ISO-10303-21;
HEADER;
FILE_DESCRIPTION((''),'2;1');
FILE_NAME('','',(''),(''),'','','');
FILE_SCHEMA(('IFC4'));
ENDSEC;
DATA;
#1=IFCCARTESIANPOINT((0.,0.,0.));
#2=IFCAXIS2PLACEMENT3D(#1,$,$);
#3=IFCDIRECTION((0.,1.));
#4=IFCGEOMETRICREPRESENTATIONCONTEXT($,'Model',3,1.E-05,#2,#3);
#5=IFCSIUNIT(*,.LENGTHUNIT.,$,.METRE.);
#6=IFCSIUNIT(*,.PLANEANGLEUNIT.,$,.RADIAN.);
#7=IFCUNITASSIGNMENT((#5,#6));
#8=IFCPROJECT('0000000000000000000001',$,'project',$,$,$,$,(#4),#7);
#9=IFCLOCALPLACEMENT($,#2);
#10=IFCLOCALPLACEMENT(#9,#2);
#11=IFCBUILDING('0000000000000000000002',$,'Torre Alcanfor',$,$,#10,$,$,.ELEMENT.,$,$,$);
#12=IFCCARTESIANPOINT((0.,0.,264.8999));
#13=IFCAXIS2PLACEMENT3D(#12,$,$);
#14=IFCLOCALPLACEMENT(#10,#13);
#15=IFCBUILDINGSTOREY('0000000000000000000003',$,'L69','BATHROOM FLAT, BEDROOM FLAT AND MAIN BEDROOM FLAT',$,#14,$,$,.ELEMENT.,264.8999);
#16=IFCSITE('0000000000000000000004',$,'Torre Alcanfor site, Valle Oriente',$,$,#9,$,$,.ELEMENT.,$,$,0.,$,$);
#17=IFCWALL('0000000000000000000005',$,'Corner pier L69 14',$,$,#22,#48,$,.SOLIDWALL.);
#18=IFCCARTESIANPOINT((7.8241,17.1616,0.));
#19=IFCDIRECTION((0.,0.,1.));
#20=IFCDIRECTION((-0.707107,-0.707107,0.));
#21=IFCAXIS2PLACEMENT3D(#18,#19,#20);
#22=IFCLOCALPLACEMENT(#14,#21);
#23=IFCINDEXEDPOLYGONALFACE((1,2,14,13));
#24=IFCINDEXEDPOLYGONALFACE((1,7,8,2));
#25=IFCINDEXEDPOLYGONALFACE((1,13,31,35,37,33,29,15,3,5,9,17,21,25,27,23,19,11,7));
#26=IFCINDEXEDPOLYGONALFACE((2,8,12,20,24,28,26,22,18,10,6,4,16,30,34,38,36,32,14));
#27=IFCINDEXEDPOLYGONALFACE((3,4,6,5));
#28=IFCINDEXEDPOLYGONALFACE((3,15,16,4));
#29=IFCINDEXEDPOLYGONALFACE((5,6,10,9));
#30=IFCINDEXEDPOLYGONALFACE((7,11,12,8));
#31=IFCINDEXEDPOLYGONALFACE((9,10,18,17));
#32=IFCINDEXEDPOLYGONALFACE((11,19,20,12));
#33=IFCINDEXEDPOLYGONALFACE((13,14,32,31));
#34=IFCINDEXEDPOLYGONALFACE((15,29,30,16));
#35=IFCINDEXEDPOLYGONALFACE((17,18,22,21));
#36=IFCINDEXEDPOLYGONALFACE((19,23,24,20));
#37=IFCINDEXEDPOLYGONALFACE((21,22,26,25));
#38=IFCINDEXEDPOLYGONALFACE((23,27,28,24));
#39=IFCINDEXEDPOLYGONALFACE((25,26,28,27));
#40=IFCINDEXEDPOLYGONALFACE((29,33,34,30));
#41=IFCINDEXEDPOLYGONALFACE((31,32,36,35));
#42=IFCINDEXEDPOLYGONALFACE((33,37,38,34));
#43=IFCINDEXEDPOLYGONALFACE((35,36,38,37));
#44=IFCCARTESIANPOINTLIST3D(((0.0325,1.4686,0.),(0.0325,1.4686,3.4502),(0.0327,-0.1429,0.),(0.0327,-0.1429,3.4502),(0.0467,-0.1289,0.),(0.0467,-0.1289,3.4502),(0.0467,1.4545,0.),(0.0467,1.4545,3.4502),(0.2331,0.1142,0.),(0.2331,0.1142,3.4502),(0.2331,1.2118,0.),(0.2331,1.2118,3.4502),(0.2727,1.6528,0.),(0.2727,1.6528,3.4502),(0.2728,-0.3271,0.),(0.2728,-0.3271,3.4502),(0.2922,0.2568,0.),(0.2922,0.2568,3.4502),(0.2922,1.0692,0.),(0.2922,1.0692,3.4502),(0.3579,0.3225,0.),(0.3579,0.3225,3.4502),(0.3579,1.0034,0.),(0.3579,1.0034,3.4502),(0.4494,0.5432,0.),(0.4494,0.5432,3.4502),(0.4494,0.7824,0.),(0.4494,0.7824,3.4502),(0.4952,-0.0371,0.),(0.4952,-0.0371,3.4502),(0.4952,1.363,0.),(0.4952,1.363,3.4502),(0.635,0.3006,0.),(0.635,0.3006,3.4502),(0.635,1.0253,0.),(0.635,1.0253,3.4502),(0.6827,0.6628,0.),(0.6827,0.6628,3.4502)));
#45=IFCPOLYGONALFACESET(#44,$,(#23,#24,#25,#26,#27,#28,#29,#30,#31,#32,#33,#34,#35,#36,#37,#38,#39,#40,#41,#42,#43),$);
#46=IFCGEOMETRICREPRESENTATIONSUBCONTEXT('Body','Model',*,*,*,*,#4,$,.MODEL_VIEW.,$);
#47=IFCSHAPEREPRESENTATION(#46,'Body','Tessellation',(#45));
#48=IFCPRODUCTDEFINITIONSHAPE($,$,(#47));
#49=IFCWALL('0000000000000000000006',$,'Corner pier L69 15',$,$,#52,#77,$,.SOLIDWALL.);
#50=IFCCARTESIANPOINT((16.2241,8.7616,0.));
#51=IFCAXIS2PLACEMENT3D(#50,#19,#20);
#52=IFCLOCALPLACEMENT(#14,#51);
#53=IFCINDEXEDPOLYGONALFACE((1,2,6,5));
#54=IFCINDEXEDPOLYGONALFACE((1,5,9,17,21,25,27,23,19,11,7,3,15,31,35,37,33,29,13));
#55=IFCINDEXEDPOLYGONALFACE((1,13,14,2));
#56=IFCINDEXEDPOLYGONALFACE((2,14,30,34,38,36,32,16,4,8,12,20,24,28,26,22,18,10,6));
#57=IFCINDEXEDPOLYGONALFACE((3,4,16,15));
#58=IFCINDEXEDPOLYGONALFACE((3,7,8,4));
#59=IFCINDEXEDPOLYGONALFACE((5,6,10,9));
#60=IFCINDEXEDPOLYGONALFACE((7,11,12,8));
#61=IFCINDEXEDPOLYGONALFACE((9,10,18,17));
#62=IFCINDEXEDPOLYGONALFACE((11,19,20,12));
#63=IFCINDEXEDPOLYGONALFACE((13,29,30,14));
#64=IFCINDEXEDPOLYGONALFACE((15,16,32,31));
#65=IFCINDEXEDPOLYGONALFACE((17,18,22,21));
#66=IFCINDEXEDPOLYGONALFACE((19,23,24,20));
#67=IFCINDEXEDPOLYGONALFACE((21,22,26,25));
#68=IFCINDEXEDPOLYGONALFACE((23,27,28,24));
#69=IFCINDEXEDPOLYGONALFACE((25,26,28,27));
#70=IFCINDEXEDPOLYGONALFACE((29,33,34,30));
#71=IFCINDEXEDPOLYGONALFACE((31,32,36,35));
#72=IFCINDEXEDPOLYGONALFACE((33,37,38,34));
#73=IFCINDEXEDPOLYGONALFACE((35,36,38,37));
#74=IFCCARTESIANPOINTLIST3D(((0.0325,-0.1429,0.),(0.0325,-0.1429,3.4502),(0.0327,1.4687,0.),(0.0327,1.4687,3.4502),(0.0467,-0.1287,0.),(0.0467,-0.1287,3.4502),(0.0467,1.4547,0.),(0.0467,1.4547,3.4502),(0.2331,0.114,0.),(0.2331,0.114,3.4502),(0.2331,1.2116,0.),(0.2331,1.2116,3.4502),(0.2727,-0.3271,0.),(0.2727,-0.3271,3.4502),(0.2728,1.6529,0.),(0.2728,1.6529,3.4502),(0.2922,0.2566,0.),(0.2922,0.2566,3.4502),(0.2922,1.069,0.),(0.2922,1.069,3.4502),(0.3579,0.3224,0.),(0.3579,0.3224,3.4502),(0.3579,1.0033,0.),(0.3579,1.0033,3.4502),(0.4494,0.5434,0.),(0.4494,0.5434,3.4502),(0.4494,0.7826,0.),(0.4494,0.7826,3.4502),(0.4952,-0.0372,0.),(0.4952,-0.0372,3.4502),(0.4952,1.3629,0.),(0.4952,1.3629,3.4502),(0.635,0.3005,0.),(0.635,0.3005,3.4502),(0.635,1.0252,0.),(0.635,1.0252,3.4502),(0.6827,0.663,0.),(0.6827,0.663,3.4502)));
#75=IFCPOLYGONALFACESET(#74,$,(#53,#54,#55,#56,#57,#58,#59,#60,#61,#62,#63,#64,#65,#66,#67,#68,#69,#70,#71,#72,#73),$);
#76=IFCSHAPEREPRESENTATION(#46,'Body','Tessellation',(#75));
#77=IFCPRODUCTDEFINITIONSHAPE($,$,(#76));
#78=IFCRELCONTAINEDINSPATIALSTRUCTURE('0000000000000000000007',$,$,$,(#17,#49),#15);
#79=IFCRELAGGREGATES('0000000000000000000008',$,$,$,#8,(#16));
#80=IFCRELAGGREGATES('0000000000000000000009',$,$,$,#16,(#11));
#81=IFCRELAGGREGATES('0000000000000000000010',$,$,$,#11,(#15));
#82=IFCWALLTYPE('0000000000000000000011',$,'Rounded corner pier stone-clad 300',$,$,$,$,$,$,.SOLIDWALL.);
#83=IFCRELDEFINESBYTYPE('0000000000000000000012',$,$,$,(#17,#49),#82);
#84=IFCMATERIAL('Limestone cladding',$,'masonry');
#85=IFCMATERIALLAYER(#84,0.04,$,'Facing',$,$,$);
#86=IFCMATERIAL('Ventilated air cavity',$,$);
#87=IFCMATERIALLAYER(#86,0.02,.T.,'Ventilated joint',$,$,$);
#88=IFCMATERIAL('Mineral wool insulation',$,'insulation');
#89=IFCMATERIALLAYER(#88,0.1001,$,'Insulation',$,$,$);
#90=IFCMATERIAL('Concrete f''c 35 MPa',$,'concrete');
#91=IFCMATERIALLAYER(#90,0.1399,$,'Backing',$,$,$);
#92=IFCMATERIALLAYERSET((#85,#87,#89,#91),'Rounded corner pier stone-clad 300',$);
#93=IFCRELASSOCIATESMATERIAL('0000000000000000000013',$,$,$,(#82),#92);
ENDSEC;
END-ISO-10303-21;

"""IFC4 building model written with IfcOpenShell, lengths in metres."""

from ifc_helpers import new_model, si_unit, direction, frame, origin, place, context, subcontext, project, spatial, polyline, outline, extrude, material, layer, layer_set, type_object, element, save


model = new_model("IFC4")

# Units and contexts
model_context = context("Model", 3, precision=1e-05, world=origin(), true_north=direction((0.0, 1.0)))
body_context = subcontext(model_context, "Body", "Model", "MODEL_VIEW")
ifc_project = project(units=[si_unit("LENGTHUNIT", "METRE"), si_unit("PLANEANGLEUNIT", "RADIAN")], contexts=[model_context])

# Site, building, storey
site_placement = place(None, origin())
site = spatial("IfcSite", under=ifc_project, at=site_placement, Name="Torre Alcanfor site, Valle Oriente", CompositionType="ELEMENT", RefElevation=0.0)
building_placement = place(site_placement, origin())
building = spatial("IfcBuilding", under=site, at=building_placement, Name="Torre Alcanfor", CompositionType="ELEMENT")
storey_placement = place(building_placement, frame((0.0, 0.0, 264.8999)))
storey = spatial("IfcBuildingStorey", under=building, at=storey_placement, Name="L69", Description="BATHROOM FLAT, BEDROOM FLAT AND MAIN BEDROOM FLAT", CompositionType="ELEMENT", Elevation=264.8999)

# Shared definitions
ifc_material_1 = material(Name="Limestone cladding", Category="masonry")
ifc_material_2 = material(Name="Ventilated air cavity")
ifc_material_3 = material(Name="Mineral wool insulation", Category="insulation")
ifc_material_4 = material(Name="Concrete f'c 35 MPa", Category="concrete")

# Walls
ifc_layer_1 = layer(ifc_material_1, 0.04, Name="Facing")
ifc_layer_2 = layer(ifc_material_2, 0.02, ventilated=True, Name="Ventilated joint")
ifc_layer_3 = layer(ifc_material_3, 0.1001, Name="Insulation")
ifc_layer_4 = layer(ifc_material_4, 0.1399, Name="Backing")
ifc_layer_set_1 = layer_set([ifc_layer_1, ifc_layer_2, ifc_layer_3, ifc_layer_4], Name="Rounded corner pier stone-clad 300")
wall_type_1 = type_object("IfcWallType", Name="Rounded corner pier stone-clad 300", PredefinedType="SOLIDWALL", material=ifc_layer_set_1)
wall_1_placement = place(storey_placement, frame((7.8241, 17.1616, 0.0), z_axis=(0.0, 0.0, 1.0), x_axis=(-0.707107, -0.707107, 0.0)))
element("IfcWall", 1, at=wall_1_placement, inside=storey, type_object=wall_type_1, Name="Corner pier L69 14", PredefinedType="SOLIDWALL", context=body_context, shape_type="SweptSolid", body=[
    extrude(outline(polyline([(0.0467, 1.4545), (0.2331, 1.2118), (0.2922, 1.0692), (0.3579, 1.0034), (0.4494, 0.7824), (0.4494, 0.5432), (0.3579, 0.3225), (0.2922, 0.2568), (0.2331, 0.1142), (0.0467, -0.1289), (0.0327, -0.1429), (0.2728, -0.3271), (0.4952, -0.0371), (0.635, 0.3006), (0.6827, 0.6628), (0.635, 1.0253), (0.4952, 1.363), (0.2727, 1.6528), (0.0325, 1.4686), (0.0467, 1.4545)])), origin(), (0.0, 0.0, 1.0), 3.4502),
])
wall_2_placement = place(storey_placement, frame((16.2241, 8.7616, 0.0), z_axis=(0.0, 0.0, 1.0), x_axis=(-0.707107, -0.707107, 0.0)))
element("IfcWall", 2, at=wall_2_placement, inside=storey, type_object=wall_type_1, Name="Corner pier L69 15", PredefinedType="SOLIDWALL", context=body_context, shape_type="SweptSolid", body=[
    extrude(outline(polyline([(0.0327, 1.4687), (0.0467, 1.4547), (0.2331, 1.2116), (0.2922, 1.069), (0.3579, 1.0033), (0.4494, 0.7826), (0.4494, 0.5434), (0.3579, 0.3224), (0.2922, 0.2566), (0.2331, 0.114), (0.0467, -0.1287), (0.0325, -0.1429), (0.2727, -0.3271), (0.4952, -0.0372), (0.635, 0.3005), (0.6827, 0.663), (0.635, 1.0252), (0.4952, 1.3629), (0.2728, 1.6529), (0.0327, 1.4687)])), origin(), (0.0, 0.0, 1.0), 3.4502),
])

save(model, "model.ifc")
